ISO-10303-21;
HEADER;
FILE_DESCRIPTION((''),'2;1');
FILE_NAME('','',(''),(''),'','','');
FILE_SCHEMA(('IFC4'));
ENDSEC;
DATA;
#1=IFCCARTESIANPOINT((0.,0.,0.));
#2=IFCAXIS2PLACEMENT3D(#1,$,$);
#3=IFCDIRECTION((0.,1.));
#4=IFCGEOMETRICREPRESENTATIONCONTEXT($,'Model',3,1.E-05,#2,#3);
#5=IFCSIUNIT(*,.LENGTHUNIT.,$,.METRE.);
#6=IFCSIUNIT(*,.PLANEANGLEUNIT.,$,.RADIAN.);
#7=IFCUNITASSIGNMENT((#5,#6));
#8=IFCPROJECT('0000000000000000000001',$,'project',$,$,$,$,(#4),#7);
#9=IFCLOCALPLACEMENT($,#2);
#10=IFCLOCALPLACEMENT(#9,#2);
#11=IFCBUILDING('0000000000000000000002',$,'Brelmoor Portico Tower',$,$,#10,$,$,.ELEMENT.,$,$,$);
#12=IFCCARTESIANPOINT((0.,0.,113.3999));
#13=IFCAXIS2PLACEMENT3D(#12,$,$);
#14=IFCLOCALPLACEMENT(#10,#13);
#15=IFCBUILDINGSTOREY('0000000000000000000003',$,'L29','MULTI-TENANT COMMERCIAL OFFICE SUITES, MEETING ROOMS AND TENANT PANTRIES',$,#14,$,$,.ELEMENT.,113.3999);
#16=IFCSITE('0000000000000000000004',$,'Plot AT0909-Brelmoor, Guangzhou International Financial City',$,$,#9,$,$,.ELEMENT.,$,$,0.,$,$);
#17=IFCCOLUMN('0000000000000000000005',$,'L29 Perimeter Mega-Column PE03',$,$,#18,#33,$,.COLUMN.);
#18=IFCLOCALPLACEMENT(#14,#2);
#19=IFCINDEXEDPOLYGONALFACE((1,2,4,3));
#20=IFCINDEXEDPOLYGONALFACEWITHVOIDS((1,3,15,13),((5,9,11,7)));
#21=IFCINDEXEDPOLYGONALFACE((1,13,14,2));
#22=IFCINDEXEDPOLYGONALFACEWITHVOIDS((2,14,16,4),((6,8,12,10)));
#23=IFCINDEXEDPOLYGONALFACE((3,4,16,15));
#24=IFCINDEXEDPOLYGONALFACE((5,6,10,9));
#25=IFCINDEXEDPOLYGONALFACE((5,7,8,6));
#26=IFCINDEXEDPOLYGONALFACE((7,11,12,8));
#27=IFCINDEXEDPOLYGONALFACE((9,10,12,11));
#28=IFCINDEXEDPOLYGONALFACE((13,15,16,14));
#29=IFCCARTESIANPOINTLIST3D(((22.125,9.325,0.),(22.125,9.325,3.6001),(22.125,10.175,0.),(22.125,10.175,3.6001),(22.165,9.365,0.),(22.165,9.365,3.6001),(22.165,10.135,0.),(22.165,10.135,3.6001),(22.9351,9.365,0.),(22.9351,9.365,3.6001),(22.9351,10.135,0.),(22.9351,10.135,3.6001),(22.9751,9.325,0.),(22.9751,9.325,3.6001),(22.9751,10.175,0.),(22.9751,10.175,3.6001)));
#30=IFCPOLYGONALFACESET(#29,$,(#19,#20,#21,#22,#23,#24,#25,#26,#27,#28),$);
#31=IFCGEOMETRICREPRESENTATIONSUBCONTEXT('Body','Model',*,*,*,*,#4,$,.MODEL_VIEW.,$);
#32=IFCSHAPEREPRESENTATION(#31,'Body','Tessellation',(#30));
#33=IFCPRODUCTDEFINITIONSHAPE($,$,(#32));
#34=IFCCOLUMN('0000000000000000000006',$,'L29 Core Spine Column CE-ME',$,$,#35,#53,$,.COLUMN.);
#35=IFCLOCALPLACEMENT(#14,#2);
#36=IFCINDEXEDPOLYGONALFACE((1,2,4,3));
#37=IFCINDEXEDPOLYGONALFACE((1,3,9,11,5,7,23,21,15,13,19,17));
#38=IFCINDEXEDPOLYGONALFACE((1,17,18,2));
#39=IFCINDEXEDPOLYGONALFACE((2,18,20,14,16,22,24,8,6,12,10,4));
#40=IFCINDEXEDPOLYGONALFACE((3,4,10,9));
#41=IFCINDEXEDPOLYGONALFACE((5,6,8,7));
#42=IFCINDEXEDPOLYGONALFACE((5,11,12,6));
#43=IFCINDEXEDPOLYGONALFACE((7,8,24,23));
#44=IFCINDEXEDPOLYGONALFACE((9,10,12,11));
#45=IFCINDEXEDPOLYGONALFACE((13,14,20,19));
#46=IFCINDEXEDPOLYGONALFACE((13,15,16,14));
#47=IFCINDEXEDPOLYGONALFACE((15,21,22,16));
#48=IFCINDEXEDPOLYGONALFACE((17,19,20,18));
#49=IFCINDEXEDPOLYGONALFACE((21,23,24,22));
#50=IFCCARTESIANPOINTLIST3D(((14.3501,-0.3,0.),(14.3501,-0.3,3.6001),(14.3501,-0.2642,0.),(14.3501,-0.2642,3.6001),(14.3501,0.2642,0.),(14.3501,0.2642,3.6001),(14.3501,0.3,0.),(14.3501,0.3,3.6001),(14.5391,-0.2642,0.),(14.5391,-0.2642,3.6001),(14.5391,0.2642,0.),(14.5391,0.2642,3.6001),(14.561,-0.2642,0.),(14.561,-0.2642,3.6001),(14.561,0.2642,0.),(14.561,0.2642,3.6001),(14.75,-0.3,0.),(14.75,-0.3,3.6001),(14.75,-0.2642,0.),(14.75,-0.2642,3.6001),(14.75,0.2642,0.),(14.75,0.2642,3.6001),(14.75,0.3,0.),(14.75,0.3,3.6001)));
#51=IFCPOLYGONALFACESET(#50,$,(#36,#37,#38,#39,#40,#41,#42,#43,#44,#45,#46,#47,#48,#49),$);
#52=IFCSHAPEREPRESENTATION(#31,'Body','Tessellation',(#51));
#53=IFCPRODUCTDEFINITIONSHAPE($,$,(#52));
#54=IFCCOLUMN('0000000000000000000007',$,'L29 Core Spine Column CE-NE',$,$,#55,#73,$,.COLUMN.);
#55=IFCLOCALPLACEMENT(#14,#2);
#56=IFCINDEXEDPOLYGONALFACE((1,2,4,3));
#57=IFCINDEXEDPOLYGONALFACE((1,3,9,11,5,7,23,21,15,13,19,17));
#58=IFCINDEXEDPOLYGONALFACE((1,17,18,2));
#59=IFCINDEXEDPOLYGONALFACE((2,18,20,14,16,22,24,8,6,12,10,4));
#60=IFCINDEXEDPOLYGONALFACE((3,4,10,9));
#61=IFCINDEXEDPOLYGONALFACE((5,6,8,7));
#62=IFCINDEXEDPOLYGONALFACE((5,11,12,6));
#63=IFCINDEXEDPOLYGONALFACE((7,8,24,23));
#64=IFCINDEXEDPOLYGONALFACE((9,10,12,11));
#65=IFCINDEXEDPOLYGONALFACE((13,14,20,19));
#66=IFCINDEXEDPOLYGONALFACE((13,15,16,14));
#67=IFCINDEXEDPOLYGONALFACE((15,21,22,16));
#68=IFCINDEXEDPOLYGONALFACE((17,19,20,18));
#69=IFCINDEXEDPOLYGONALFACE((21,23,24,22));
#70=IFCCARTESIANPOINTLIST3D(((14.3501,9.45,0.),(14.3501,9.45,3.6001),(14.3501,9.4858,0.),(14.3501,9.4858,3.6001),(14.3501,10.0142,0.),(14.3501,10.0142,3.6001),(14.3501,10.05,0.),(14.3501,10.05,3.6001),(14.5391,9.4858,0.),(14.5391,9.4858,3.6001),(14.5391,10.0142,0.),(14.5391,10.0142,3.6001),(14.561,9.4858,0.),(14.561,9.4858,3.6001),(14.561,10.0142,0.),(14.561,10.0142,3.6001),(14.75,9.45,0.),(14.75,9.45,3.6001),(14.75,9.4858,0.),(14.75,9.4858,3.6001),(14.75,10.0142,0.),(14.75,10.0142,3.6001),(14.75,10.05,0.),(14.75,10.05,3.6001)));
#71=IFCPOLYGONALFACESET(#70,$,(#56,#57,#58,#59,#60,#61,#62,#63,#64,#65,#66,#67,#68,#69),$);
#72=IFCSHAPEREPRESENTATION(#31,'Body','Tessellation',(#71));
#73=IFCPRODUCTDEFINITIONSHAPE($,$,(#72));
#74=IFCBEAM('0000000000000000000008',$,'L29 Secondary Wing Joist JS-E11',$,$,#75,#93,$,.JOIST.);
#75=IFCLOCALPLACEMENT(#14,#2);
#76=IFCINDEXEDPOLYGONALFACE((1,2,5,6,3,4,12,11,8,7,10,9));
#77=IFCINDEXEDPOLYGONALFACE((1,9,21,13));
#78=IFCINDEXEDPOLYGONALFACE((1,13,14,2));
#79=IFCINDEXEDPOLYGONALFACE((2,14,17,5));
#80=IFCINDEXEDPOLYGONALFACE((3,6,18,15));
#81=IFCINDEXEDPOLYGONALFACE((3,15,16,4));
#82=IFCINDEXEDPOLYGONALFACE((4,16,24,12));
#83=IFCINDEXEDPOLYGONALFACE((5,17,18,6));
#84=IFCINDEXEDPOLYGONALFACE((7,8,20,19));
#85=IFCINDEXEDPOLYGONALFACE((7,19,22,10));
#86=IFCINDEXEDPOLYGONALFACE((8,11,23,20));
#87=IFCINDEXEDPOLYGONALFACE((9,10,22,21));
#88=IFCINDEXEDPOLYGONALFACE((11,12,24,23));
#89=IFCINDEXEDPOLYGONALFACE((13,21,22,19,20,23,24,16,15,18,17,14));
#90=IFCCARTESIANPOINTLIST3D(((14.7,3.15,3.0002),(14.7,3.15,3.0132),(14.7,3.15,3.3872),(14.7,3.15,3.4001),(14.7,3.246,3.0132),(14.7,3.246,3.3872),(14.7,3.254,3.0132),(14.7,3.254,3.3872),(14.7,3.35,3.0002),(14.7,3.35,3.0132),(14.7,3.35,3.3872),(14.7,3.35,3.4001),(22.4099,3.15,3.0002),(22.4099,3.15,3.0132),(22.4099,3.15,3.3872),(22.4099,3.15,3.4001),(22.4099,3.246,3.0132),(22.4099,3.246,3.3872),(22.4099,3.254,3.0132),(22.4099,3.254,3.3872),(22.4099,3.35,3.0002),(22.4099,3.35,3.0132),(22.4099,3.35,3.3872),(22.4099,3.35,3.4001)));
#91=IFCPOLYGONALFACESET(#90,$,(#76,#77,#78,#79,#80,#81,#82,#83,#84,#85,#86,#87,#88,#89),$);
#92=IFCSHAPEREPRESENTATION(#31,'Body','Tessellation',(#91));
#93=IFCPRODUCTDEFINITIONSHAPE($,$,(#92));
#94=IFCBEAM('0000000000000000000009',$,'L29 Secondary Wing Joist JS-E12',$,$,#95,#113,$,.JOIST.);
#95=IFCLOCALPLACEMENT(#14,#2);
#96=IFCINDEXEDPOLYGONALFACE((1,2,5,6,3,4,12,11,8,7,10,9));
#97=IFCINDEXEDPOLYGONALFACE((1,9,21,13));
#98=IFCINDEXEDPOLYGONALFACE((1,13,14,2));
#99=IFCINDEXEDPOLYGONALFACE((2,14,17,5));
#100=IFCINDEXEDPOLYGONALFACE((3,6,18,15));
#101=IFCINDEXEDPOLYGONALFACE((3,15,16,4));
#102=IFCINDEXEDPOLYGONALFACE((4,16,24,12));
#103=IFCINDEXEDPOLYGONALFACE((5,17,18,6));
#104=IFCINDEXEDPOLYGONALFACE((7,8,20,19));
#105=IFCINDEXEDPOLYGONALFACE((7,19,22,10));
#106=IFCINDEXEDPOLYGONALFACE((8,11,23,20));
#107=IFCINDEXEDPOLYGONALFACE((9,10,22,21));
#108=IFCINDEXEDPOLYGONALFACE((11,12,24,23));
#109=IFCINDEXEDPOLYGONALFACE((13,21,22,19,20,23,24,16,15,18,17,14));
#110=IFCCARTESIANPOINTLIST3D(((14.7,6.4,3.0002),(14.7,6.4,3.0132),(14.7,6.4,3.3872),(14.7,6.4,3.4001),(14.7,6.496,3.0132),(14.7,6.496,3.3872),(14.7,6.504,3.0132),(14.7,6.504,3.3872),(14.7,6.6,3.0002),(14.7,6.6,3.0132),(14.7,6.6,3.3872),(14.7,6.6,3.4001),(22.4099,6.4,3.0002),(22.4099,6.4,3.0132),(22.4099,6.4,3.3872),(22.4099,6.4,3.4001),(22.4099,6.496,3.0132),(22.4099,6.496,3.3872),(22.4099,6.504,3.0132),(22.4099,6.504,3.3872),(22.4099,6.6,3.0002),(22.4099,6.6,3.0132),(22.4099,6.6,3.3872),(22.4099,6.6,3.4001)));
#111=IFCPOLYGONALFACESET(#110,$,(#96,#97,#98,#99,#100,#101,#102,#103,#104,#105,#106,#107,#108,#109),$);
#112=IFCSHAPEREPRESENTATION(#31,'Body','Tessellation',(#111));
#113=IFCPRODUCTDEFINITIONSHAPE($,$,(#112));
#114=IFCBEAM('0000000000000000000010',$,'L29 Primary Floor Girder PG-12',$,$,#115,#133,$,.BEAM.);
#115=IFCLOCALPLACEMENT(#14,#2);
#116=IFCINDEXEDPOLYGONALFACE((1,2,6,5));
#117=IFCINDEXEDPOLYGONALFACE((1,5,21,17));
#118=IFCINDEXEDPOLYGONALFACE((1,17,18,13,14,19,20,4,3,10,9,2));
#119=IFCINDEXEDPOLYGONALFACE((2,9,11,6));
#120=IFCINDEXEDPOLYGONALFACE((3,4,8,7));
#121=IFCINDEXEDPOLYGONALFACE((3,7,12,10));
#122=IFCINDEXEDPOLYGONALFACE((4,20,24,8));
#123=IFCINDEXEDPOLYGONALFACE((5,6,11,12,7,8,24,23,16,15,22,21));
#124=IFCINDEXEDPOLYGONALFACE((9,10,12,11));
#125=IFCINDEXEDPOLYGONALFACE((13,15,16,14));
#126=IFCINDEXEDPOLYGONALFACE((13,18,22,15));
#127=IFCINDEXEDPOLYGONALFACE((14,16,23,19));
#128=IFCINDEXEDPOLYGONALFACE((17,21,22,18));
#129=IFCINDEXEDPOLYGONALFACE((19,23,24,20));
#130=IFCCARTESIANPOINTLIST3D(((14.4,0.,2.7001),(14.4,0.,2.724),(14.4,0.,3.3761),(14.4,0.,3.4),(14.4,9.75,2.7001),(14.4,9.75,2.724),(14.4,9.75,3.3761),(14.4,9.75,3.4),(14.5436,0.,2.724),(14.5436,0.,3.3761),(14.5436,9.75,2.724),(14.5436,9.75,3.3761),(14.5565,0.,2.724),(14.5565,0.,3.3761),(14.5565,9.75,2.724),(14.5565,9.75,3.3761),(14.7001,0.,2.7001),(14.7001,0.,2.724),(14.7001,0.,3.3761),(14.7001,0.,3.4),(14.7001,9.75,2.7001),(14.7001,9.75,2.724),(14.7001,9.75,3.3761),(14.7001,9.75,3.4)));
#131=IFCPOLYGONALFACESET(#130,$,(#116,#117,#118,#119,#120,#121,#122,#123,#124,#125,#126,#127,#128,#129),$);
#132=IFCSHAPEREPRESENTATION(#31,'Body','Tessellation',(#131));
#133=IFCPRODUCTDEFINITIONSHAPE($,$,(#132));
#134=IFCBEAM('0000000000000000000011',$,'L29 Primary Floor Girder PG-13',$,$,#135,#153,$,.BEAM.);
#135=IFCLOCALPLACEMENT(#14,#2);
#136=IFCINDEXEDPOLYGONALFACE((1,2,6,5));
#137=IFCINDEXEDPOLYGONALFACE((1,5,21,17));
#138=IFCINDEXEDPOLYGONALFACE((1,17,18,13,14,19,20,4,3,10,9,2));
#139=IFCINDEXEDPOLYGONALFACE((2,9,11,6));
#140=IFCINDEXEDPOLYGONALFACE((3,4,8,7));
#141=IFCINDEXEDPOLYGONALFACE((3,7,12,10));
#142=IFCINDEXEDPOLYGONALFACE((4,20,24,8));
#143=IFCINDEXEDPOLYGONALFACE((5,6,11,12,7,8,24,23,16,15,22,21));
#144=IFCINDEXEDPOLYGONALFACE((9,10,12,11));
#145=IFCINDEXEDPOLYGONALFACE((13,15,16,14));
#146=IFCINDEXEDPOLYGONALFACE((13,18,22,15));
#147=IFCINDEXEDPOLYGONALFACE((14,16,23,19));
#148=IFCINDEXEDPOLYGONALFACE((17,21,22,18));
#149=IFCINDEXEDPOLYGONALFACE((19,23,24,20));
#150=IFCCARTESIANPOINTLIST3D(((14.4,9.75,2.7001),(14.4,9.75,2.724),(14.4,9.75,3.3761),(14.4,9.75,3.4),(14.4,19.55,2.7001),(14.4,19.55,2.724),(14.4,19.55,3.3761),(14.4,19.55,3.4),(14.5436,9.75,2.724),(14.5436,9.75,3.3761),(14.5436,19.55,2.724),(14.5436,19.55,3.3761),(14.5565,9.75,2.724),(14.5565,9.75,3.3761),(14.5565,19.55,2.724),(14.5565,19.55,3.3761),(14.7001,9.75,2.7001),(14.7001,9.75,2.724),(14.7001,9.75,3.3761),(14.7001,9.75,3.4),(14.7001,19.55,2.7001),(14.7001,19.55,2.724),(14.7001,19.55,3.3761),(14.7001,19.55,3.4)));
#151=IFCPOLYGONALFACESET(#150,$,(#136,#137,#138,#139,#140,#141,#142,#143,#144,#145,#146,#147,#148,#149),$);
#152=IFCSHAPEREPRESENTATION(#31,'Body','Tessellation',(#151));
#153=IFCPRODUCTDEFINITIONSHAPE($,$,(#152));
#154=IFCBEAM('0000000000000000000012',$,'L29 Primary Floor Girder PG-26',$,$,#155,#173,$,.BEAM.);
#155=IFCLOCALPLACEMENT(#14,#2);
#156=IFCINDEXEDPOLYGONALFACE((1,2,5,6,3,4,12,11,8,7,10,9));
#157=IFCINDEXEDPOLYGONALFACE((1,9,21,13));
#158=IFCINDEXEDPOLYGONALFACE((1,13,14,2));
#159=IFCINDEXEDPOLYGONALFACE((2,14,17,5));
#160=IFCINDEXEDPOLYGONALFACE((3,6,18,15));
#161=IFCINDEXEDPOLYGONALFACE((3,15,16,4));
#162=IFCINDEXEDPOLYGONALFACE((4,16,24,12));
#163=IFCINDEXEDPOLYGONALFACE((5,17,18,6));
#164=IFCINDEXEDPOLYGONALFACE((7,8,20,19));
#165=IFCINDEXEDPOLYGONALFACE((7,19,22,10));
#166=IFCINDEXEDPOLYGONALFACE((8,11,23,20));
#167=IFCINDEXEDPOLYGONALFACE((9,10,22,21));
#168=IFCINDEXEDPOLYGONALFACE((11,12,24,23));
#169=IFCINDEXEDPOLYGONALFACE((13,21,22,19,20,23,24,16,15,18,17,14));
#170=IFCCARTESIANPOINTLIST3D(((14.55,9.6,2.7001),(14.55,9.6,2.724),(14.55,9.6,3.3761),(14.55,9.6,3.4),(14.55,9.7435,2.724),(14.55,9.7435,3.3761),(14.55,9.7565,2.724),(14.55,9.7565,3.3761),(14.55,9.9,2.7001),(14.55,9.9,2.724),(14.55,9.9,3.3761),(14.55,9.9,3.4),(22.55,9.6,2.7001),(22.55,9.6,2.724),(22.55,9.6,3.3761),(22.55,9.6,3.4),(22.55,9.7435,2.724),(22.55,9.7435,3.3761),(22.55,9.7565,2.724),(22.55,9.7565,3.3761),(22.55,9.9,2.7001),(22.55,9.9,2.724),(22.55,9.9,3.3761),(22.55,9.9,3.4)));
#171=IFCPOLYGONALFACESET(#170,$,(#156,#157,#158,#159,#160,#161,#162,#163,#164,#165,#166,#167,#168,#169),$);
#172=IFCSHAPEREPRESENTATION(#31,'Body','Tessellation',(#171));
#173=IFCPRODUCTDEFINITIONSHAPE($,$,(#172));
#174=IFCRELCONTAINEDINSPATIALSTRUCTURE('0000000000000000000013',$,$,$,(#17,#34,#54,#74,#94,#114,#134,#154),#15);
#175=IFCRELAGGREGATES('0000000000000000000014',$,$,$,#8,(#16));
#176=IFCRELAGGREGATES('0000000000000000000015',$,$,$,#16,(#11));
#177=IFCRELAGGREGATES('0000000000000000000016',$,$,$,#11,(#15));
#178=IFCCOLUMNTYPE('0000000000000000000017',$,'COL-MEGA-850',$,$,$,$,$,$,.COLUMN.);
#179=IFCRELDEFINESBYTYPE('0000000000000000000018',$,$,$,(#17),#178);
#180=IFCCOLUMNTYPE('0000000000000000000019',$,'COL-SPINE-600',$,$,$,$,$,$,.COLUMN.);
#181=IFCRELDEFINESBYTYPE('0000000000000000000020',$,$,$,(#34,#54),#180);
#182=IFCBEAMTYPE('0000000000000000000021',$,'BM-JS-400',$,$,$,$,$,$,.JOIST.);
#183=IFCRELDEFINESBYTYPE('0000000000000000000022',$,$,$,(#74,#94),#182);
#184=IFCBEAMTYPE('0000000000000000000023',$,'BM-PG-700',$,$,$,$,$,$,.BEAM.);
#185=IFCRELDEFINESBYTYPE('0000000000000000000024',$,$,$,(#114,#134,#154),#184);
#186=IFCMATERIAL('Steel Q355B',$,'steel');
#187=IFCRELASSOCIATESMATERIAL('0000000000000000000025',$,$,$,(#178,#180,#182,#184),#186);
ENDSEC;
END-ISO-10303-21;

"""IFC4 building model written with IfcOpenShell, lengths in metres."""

from ifc_helpers import new_model, si_unit, direction, frame, origin, origin_2d, place, context, subcontext, project, spatial, hollow_rectangle, i_section, extrude, material, material_profile, profile_set, type_object, element, save


model = new_model("IFC4")

# Units and contexts
model_context = context("Model", 3, precision=1e-05, world=origin(), true_north=direction((0.0, 1.0)))
body_context = subcontext(model_context, "Body", "Model", "MODEL_VIEW")
ifc_project = project(units=[si_unit("LENGTHUNIT", "METRE"), si_unit("PLANEANGLEUNIT", "RADIAN")], contexts=[model_context])

# Site, building, storey
site_placement = place(None, origin())
site = spatial("IfcSite", under=ifc_project, at=site_placement, Name="Plot AT0909-Brelmoor, Guangzhou International Financial City", CompositionType="ELEMENT", RefElevation=0.0)
building_placement = place(site_placement, origin())
building = spatial("IfcBuilding", under=site, at=building_placement, Name="Brelmoor Portico Tower", CompositionType="ELEMENT")
storey_placement = place(building_placement, frame((0.0, 0.0, 113.3999)))
storey = spatial("IfcBuildingStorey", under=building, at=storey_placement, Name="L29", Description="MULTI-TENANT COMMERCIAL OFFICE SUITES, MEETING ROOMS AND TENANT PANTRIES", CompositionType="ELEMENT", Elevation=113.3999)

# Columns
ifc_material_1 = material(Name="Steel Q355B", Category="steel")
ifc_material_profile_1 = material_profile(ifc_material_1, hollow_rectangle(XDim=0.8501, YDim=0.8501, WallThickness=0.04, at=origin_2d()), Name="BOX 850x850x40")
ifc_profile_set_1 = profile_set([ifc_material_profile_1], Name="Steel Q355B")
column_type_1 = type_object("IfcColumnType", Name="COL-MEGA-850", PredefinedType="COLUMN", material=ifc_profile_set_1)
column_placement = place(storey_placement, frame((22.55, 9.75, 0.0), z_axis=(0.0, 0.0, 1.0), x_axis=(0.0, 1.0, 0.0)))
element("IfcColumn", 1, at=column_placement, inside=storey, type_object=column_type_1, Name="L29 Perimeter Mega-Column PE03", PredefinedType="COLUMN", context=body_context, shape_type="SweptSolid", body=[
    extrude(hollow_rectangle(XDim=0.8501, YDim=0.8501, WallThickness=0.04, at=origin_2d()), origin(), (0.0, 0.0, 1.0), 3.6001),
])
ifc_material_profile_2 = material_profile(ifc_material_1, i_section(OverallWidth=0.3999, OverallDepth=0.6001, WebThickness=0.022, FlangeThickness=0.0359, at=origin_2d()), Name="HW 600x400x22x36")
ifc_profile_set_2 = profile_set([ifc_material_profile_2], Name="Steel Q355B")
column_type_2 = type_object("IfcColumnType", Name="COL-SPINE-600", PredefinedType="COLUMN", material=ifc_profile_set_2)
for number, where, z_axis, x_axis, name in (
    (2, (14.55, 0.0, 0.0), (0.0, 0.0, 1.0), (1.0, 0.0, 0.0), "L29 Core Spine Column CE-ME"),
    (3, (14.55, 9.75, 0.0), (0.0, 0.0, 1.0), (1.0, 0.0, 0.0), "L29 Core Spine Column CE-NE"),
):
    element("IfcColumn", number, at=place(storey_placement, frame(where, z_axis=z_axis, x_axis=x_axis)), inside=storey, type_object=column_type_2, Name=name, PredefinedType="COLUMN", context=body_context, shape_type="SweptSolid", body=[
        extrude(i_section(OverallWidth=0.3999, OverallDepth=0.6001, WebThickness=0.022, FlangeThickness=0.0359, at=origin_2d()), origin(), (0.0, 0.0, 1.0), 3.6001),
    ])

# Beams
ifc_material_profile_3 = material_profile(ifc_material_1, i_section(OverallWidth=0.2, OverallDepth=0.3999, WebThickness=0.0081, FlangeThickness=0.0129, at=origin_2d()), Name="HN 400x200x8x13")
ifc_profile_set_3 = profile_set([ifc_material_profile_3], Name="Steel Q355B")
beam_type_1 = type_object("IfcBeamType", Name="BM-JS-400", PredefinedType="JOIST", material=ifc_profile_set_3)
for number, where, z_axis, x_axis, name in (
    (4, (14.7, 3.25, 3.2002), (1.0, 0.0, 0.0), (0.0, 1.0, 0.0), "L29 Secondary Wing Joist JS-E11"),
    (5, (14.7, 6.5, 3.2002), (1.0, 0.0, 0.0), (0.0, 1.0, 0.0), "L29 Secondary Wing Joist JS-E12"),
):
    element("IfcBeam", number, at=place(storey_placement, frame(where, z_axis=z_axis, x_axis=x_axis)), inside=storey, type_object=beam_type_1, Name=name, PredefinedType="JOIST", context=body_context, shape_type="SweptSolid", body=[
        extrude(i_section(OverallWidth=0.2, OverallDepth=0.3999, WebThickness=0.0081, FlangeThickness=0.0129, at=origin_2d()), origin(), (0.0, 0.0, 1.0), 7.71),
    ])
ifc_material_profile_4 = material_profile(ifc_material_1, i_section(OverallWidth=0.3, OverallDepth=0.7, WebThickness=0.0129, FlangeThickness=0.0239, at=origin_2d()), Name="HN 700x300x13x24")
ifc_profile_set_4 = profile_set([ifc_material_profile_4], Name="Steel Q355B")
beam_type_2 = type_object("IfcBeamType", Name="BM-PG-700", PredefinedType="BEAM", material=ifc_profile_set_4)
beam_1_placement = place(storey_placement, frame((14.55, 0.0, 3.05), z_axis=(0.0, 1.0, 0.0), x_axis=(-1.0, 0.0, 0.0)))
element("IfcBeam", 6, at=beam_1_placement, inside=storey, type_object=beam_type_2, Name="L29 Primary Floor Girder PG-12", PredefinedType="BEAM", context=body_context, shape_type="SweptSolid", body=[
    extrude(i_section(OverallWidth=0.3, OverallDepth=0.7, WebThickness=0.0129, FlangeThickness=0.0239, at=origin_2d()), origin(), (0.0, 0.0, 1.0), 9.75),
])
beam_2_placement = place(storey_placement, frame((14.55, 9.75, 3.05), z_axis=(0.0, 1.0, 0.0), x_axis=(-1.0, 0.0, 0.0)))
element("IfcBeam", 7, at=beam_2_placement, inside=storey, type_object=beam_type_2, Name="L29 Primary Floor Girder PG-13", PredefinedType="BEAM", context=body_context, shape_type="SweptSolid", body=[
    extrude(i_section(OverallWidth=0.3, OverallDepth=0.7, WebThickness=0.0129, FlangeThickness=0.0239, at=origin_2d()), origin(), (0.0, 0.0, 1.0), 9.8),
])
beam_3_placement = place(storey_placement, frame((14.55, 9.75, 3.05), z_axis=(1.0, 0.0, 0.0), x_axis=(0.0, 1.0, 0.0)))
element("IfcBeam", 8, at=beam_3_placement, inside=storey, type_object=beam_type_2, Name="L29 Primary Floor Girder PG-26", PredefinedType="BEAM", context=body_context, shape_type="SweptSolid", body=[
    extrude(i_section(OverallWidth=0.3, OverallDepth=0.7, WebThickness=0.0129, FlangeThickness=0.0239, at=origin_2d()), origin(), (0.0, 0.0, 1.0), 8.0),
])

save(model, "model.ifc")
